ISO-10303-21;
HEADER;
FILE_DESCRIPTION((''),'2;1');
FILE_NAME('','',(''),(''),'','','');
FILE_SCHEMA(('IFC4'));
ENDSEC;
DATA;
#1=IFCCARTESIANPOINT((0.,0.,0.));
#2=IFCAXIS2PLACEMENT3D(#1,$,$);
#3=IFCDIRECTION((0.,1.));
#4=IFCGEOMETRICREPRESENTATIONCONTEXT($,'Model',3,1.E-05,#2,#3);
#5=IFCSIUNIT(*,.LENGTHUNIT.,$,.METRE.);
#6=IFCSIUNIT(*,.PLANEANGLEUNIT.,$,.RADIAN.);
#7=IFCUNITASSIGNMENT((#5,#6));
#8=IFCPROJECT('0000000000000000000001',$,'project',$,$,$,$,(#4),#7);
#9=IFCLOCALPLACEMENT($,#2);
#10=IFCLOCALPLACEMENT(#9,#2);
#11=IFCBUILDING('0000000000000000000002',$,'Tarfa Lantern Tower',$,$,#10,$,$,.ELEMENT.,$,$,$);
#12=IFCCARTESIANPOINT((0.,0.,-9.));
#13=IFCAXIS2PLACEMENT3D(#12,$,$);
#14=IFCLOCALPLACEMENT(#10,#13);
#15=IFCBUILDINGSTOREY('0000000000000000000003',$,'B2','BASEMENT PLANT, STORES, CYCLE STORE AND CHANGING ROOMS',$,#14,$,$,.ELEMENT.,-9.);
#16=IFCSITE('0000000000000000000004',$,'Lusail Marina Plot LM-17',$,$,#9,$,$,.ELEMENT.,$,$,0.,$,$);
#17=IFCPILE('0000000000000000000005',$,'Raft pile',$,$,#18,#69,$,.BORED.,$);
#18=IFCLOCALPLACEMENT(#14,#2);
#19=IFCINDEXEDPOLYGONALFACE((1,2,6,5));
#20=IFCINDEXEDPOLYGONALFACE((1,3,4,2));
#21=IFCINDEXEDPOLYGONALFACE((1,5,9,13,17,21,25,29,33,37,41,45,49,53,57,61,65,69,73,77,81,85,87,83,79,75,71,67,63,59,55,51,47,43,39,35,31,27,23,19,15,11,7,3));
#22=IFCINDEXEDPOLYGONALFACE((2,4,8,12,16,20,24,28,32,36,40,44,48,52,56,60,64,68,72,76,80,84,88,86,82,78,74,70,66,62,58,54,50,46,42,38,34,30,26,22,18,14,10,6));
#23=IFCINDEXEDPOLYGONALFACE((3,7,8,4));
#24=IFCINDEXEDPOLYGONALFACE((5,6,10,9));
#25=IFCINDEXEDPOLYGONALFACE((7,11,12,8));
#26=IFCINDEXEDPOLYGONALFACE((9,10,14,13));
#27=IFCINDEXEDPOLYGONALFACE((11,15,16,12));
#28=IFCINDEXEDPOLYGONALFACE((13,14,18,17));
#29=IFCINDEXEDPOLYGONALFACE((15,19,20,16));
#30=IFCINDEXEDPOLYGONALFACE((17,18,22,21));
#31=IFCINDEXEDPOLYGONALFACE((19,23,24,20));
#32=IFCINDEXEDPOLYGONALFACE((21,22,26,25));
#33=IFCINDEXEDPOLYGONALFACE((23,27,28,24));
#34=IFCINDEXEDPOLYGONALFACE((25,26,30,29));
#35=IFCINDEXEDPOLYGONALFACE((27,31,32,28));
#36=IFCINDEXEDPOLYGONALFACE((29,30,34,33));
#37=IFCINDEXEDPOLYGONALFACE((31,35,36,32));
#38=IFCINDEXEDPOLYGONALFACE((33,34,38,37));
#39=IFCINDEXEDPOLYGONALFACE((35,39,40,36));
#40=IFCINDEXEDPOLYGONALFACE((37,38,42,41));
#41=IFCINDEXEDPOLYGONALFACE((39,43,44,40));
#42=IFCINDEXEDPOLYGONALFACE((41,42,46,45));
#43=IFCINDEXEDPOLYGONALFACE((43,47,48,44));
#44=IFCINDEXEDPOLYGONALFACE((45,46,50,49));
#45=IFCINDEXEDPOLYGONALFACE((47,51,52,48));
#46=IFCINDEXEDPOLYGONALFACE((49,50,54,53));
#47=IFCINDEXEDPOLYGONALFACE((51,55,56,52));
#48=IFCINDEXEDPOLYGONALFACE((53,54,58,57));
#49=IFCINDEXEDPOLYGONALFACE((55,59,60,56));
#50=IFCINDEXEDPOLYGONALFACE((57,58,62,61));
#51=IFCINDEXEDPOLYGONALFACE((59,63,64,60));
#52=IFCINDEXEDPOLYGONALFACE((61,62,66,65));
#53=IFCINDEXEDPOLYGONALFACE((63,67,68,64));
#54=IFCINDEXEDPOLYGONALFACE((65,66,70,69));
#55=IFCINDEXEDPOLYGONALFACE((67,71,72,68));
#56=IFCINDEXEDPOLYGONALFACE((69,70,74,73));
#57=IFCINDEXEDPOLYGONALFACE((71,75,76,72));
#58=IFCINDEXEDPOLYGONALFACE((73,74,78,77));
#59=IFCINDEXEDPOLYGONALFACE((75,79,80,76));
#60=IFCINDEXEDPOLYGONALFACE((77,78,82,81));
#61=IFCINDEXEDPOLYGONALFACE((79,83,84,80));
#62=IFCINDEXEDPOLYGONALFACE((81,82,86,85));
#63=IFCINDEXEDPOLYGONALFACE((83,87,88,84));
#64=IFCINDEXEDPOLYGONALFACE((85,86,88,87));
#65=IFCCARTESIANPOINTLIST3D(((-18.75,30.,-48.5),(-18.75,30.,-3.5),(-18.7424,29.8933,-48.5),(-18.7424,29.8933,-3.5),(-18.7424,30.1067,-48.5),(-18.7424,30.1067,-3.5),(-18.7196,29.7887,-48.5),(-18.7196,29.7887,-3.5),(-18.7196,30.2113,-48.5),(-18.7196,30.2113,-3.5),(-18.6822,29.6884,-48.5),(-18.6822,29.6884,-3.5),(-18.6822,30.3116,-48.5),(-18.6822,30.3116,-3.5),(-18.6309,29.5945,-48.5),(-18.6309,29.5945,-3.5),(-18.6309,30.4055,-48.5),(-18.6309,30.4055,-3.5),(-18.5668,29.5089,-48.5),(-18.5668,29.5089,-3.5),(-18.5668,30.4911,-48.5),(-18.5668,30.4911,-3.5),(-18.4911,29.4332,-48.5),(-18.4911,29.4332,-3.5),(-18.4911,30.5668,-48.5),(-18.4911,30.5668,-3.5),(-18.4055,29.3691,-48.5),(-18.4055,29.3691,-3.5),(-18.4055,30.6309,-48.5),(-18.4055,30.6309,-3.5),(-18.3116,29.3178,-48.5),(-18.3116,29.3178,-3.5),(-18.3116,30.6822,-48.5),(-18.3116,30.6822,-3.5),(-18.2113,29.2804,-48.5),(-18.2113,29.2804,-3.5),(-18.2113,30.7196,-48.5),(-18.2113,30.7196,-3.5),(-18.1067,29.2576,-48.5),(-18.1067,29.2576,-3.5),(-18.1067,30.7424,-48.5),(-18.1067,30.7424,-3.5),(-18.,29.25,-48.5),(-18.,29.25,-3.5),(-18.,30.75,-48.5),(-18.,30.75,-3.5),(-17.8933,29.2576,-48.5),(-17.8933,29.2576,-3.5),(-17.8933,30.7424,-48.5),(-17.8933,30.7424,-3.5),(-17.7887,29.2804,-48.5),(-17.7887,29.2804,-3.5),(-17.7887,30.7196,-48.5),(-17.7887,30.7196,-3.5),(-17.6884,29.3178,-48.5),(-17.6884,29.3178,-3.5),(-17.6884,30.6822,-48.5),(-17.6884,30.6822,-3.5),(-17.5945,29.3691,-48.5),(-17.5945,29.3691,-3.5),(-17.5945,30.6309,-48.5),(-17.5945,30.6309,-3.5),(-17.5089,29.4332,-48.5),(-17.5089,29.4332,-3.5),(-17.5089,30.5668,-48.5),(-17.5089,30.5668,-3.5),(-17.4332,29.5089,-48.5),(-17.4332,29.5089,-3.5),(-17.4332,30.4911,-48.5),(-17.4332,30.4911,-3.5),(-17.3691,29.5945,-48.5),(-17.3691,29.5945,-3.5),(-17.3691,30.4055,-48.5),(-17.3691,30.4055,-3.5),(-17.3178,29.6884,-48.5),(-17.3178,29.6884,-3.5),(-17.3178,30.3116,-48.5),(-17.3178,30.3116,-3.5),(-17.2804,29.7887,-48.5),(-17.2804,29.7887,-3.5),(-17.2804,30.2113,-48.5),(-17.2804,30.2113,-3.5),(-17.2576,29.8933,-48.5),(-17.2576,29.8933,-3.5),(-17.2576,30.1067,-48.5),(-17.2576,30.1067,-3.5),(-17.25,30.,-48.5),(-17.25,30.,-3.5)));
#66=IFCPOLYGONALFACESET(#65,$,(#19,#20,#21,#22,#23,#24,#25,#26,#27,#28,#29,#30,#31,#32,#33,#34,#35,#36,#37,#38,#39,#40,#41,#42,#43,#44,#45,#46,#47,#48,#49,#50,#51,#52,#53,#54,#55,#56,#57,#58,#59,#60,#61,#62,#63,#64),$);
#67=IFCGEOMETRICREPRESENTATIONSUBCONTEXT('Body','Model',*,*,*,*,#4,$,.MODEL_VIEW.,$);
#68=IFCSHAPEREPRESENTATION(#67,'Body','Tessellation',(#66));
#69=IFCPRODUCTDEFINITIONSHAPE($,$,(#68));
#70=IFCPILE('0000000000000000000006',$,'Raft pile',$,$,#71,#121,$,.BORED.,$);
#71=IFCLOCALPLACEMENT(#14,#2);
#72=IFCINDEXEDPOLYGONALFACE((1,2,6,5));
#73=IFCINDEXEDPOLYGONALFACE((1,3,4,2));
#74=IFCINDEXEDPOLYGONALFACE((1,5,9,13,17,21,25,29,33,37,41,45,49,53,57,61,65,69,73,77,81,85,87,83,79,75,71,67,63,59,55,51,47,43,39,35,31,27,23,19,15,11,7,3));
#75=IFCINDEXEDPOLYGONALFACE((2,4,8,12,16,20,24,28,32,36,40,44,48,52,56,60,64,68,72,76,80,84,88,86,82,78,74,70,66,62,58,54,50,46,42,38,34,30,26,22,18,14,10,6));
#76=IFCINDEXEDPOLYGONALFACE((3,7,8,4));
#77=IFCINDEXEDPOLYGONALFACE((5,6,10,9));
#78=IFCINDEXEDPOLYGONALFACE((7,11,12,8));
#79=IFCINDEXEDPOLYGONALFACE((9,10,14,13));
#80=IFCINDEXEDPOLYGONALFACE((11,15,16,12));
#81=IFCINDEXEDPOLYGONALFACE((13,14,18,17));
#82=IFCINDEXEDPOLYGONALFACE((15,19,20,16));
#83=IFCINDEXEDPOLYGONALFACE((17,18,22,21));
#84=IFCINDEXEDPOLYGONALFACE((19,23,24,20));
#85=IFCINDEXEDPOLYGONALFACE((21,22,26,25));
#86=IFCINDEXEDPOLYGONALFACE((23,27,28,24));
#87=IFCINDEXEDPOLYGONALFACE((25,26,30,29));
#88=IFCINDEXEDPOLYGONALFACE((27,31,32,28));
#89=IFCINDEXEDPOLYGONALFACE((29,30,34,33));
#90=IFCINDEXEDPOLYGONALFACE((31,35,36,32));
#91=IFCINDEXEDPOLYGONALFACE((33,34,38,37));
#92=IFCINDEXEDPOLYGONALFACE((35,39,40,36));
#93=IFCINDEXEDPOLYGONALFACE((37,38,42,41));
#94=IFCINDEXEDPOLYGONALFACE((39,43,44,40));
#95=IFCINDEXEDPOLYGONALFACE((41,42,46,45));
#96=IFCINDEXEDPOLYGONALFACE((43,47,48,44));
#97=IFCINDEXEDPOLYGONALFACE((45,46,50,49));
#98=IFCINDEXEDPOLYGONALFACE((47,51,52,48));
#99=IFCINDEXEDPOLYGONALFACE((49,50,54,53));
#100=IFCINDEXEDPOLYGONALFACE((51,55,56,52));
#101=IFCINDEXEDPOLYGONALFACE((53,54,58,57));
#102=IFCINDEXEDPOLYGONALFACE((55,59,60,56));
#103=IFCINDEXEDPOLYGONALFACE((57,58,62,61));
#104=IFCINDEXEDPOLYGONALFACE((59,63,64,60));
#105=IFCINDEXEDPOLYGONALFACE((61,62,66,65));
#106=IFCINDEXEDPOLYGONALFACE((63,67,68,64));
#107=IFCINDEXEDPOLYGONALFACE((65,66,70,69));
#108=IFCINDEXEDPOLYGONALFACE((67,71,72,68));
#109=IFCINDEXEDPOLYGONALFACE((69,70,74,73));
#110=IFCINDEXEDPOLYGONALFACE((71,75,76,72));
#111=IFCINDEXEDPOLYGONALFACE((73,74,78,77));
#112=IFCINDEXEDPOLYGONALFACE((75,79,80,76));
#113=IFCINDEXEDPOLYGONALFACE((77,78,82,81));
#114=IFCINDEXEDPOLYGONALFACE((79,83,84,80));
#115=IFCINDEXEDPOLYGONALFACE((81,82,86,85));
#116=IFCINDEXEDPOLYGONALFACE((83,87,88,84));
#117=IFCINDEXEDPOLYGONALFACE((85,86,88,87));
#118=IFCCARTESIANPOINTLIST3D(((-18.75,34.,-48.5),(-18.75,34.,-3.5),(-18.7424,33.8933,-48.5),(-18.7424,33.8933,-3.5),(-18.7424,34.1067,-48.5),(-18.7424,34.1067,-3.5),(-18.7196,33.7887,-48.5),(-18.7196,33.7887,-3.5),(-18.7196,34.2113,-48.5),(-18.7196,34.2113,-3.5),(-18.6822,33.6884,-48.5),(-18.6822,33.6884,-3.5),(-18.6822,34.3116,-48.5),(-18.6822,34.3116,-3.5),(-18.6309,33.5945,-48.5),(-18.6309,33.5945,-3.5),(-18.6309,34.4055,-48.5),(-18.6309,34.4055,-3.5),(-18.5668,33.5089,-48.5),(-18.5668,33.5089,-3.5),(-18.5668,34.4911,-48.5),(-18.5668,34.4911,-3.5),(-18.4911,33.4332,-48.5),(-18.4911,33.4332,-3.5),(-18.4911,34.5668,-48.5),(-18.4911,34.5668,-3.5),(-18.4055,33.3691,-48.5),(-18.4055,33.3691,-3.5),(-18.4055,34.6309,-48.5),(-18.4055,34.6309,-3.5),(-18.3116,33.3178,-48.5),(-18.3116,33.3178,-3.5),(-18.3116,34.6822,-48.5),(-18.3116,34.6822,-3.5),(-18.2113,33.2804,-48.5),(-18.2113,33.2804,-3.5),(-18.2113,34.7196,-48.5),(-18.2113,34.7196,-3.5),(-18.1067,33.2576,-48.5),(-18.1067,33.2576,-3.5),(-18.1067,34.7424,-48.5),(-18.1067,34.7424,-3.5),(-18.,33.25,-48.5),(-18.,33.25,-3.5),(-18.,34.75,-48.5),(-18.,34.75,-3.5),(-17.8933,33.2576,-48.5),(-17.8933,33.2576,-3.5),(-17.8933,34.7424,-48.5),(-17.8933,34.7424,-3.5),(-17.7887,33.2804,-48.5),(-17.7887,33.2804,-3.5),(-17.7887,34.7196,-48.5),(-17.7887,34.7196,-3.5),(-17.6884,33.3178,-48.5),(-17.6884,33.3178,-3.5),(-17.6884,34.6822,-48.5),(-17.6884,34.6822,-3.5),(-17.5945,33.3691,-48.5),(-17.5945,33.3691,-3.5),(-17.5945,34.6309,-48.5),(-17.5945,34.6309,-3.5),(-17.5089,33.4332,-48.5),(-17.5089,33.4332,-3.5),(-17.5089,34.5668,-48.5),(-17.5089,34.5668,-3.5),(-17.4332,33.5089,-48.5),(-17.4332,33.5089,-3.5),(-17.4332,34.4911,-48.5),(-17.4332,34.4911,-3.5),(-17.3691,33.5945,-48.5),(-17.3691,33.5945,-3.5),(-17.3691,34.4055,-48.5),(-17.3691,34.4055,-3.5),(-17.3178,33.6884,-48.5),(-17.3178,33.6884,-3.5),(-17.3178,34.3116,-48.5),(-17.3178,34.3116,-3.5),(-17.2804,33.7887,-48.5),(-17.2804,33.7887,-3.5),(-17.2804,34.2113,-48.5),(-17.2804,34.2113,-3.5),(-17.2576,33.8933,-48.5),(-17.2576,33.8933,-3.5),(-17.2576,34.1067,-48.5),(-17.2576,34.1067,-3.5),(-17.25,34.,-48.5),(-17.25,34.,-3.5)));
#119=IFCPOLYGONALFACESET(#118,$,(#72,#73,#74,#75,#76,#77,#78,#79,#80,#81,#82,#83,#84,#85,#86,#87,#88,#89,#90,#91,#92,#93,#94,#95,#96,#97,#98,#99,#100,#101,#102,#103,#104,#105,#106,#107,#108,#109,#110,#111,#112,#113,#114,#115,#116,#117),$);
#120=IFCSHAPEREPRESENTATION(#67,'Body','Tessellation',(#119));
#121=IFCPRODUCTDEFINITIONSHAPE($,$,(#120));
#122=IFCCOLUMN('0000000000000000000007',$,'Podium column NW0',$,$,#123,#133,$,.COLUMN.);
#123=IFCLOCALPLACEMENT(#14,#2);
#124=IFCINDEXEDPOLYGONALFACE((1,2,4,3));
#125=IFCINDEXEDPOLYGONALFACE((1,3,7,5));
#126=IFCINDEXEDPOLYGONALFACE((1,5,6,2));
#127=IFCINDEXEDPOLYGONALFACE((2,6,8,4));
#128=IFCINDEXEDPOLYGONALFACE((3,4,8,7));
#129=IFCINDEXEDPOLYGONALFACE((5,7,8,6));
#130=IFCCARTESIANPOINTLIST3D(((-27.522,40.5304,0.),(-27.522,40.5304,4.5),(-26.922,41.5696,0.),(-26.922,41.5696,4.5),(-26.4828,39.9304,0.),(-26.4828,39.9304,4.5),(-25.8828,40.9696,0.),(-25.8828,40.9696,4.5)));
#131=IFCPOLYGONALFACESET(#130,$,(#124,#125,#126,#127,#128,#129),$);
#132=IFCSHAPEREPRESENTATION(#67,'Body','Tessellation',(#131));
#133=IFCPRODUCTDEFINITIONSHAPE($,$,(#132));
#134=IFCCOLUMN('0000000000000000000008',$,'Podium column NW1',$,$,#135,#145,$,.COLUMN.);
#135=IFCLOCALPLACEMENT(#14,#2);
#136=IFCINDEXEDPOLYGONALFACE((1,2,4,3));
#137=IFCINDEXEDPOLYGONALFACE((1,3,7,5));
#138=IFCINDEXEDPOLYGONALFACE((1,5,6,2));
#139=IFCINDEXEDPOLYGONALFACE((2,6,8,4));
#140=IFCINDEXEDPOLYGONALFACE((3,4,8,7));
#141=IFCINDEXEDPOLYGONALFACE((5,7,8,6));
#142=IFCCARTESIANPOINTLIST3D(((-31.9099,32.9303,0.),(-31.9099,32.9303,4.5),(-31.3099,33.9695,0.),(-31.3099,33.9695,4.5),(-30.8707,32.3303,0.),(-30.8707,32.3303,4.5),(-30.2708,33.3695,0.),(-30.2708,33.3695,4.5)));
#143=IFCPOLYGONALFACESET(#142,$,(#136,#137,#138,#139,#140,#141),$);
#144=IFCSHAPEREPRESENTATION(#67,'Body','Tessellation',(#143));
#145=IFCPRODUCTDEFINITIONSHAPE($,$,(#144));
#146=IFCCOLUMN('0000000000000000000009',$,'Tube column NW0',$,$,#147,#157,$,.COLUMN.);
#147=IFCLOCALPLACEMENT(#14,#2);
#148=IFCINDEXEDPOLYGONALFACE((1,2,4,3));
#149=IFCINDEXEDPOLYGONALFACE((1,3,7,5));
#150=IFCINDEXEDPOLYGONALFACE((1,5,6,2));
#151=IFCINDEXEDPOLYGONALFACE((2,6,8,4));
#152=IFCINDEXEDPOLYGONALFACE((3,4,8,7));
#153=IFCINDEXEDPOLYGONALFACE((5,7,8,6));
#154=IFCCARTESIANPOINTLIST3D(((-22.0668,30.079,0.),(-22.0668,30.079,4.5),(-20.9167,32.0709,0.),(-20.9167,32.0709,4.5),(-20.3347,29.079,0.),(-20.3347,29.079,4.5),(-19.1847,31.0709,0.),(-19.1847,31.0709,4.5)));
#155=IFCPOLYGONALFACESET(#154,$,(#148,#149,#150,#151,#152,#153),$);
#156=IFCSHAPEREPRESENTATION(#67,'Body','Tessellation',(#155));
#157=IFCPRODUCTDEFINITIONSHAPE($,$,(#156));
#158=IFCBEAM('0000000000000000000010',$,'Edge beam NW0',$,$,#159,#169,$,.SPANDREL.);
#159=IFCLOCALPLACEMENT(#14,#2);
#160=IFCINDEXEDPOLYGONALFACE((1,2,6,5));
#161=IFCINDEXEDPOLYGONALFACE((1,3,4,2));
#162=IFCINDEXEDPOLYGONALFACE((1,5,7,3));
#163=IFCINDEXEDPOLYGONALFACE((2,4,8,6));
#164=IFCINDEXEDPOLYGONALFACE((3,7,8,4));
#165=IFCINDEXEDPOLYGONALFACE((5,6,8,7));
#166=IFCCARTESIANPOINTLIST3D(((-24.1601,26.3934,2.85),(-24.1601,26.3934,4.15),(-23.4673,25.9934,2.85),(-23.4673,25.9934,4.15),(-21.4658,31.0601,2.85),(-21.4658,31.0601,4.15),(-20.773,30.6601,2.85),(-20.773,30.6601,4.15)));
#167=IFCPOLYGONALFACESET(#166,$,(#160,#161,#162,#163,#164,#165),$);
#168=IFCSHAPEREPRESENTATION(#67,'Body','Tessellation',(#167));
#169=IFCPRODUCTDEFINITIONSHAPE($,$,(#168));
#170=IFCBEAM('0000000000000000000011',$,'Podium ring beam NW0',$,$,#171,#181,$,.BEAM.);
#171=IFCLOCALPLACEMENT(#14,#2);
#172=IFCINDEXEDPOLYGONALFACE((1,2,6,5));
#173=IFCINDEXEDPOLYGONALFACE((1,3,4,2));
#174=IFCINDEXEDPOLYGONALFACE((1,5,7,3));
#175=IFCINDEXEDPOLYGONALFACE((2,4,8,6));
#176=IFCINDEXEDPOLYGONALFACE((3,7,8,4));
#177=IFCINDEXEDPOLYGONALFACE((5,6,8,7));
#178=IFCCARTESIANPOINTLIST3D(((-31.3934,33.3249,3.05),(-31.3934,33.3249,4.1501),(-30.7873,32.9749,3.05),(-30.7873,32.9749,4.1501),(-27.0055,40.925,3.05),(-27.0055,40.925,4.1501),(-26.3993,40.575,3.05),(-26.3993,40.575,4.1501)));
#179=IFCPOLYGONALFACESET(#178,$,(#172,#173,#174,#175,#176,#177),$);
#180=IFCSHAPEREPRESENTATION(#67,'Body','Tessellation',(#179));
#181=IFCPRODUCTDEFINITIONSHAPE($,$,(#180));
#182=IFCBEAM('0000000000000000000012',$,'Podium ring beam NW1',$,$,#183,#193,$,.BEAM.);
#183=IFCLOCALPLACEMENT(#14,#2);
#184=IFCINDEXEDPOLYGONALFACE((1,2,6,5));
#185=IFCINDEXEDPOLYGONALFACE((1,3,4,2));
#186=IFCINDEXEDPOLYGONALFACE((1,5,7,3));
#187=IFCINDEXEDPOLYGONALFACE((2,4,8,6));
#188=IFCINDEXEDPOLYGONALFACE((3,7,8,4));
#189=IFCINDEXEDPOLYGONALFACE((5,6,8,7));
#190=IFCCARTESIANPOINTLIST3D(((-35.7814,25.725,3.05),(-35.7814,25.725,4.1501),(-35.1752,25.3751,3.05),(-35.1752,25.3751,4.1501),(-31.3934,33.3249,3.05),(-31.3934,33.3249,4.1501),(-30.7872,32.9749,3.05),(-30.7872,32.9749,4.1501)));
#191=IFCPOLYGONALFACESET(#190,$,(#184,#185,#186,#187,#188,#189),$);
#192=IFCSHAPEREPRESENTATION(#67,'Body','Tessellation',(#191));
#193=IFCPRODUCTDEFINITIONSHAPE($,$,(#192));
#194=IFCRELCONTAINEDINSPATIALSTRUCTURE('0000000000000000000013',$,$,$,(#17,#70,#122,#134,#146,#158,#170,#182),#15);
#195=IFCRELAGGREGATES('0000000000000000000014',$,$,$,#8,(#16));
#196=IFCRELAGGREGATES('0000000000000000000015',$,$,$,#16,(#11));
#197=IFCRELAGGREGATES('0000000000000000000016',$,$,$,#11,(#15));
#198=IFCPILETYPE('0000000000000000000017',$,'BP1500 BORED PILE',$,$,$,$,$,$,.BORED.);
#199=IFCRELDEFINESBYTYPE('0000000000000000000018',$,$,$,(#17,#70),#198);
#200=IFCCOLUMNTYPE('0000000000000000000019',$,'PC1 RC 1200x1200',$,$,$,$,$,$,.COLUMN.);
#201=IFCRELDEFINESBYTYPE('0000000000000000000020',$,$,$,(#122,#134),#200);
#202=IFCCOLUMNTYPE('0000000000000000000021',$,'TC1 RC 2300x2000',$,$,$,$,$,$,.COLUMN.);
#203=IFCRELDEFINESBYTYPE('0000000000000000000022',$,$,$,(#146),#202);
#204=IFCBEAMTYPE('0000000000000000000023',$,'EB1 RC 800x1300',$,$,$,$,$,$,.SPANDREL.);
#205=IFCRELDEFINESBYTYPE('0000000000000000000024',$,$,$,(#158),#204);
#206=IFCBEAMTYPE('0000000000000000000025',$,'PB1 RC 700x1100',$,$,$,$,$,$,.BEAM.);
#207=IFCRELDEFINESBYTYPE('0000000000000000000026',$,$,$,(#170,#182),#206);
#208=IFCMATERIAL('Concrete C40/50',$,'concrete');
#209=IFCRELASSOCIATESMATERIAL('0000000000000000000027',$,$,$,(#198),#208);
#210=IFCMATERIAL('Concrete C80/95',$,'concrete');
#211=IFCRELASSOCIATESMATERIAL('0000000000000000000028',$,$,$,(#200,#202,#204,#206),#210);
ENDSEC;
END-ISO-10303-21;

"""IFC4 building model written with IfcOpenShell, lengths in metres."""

from ifc_helpers import new_model, si_unit, direction, frame, origin, origin_2d, place, context, subcontext, project, spatial, rectangle, circle, extrude, material, material_profile, profile_set, type_object, element, save


model = new_model("IFC4")

# Units and contexts
model_context = context("Model", 3, precision=1e-05, world=origin(), true_north=direction((0.0, 1.0)))
body_context = subcontext(model_context, "Body", "Model", "MODEL_VIEW")
ifc_project = project(units=[si_unit("LENGTHUNIT", "METRE"), si_unit("PLANEANGLEUNIT", "RADIAN")], contexts=[model_context])

# Site, building, storey
site_placement = place(None, origin())
site = spatial("IfcSite", under=ifc_project, at=site_placement, Name="Lusail Marina Plot LM-17", CompositionType="ELEMENT", RefElevation=0.0)
building_placement = place(site_placement, origin())
building = spatial("IfcBuilding", under=site, at=building_placement, Name="Tarfa Lantern Tower", CompositionType="ELEMENT")
storey_placement = place(building_placement, frame((0.0, 0.0, -9.0)))
storey = spatial("IfcBuildingStorey", under=building, at=storey_placement, Name="B2", Description="BASEMENT PLANT, STORES, CYCLE STORE AND CHANGING ROOMS", CompositionType="ELEMENT", Elevation=-9.0)

# Piles
ifc_material_1 = material(Name="Concrete C40/50", Category="concrete")
ifc_material_profile_1 = material_profile(ifc_material_1, circle(Radius=0.75, at=origin_2d()), Name="BORED PILE D1500")
ifc_profile_set_1 = profile_set([ifc_material_profile_1], Name="Concrete C40/50")
pile_type_1 = type_object("IfcPileType", Name="BP1500 BORED PILE", PredefinedType="BORED", material=ifc_profile_set_1)
for number, where, z_axis, x_axis, name in (
    (1, (-18.0, 30.0, -3.5), (0.0, 0.0, -1.0), (1.0, 0.0, 0.0), "Raft pile"),
    (2, (-18.0, 34.0, -3.5), (0.0, 0.0, -1.0), (1.0, 0.0, 0.0), "Raft pile"),
):
    element("IfcPile", number, at=place(storey_placement, frame(where, z_axis=z_axis, x_axis=x_axis)), inside=storey, type_object=pile_type_1, Name=name, PredefinedType="BORED", context=body_context, shape_type="SweptSolid", body=[
        extrude(circle(Radius=0.75, at=origin_2d()), origin(), (0.0, 0.0, 1.0), 45.0),
    ])

# Columns
ifc_material_2 = material(Name="Concrete C80/95", Category="concrete")
ifc_material_profile_2 = material_profile(ifc_material_2, rectangle(XDim=1.2, YDim=1.2, at=origin_2d()), Name="RC 1200x1200")
ifc_profile_set_2 = profile_set([ifc_material_profile_2], Name="Concrete C80/95")
column_type_1 = type_object("IfcColumnType", Name="PC1 RC 1200x1200", PredefinedType="COLUMN", material=ifc_profile_set_2)
for number, where, z_axis, x_axis, name in (
    (3, (-26.7024, 40.75, 0.0), (0.0, 0.0, 1.0), (-0.5, -0.866025, 0.0), "Podium column NW0"),
    (4, (-31.0903, 33.1499, 0.0), (0.0, 0.0, 1.0), (-0.5, -0.866025, 0.0), "Podium column NW1"),
):
    element("IfcColumn", number, at=place(storey_placement, frame(where, z_axis=z_axis, x_axis=x_axis)), inside=storey, type_object=column_type_1, Name=name, PredefinedType="COLUMN", context=body_context, shape_type="SweptSolid", body=[
        extrude(rectangle(XDim=1.2, YDim=1.2, at=origin_2d()), origin(), (0.0, 0.0, 1.0), 4.5),
    ])
ifc_material_profile_3 = material_profile(ifc_material_2, rectangle(XDim=2.3, YDim=2.0, at=origin_2d()), Name="RC 2300x2000")
ifc_profile_set_3 = profile_set([ifc_material_profile_3], Name="Concrete C80/95")
column_type_2 = type_object("IfcColumnType", Name="TC1 RC 2300x2000", PredefinedType="COLUMN", material=ifc_profile_set_3)
column_placement = place(storey_placement, frame((-20.6257, 30.575, 0.0), z_axis=(0.0, 0.0, 1.0), x_axis=(-0.5, -0.866025, 0.0)))
element("IfcColumn", 5, at=column_placement, inside=storey, type_object=column_type_2, Name="Tube column NW0", PredefinedType="COLUMN", context=body_context, shape_type="SweptSolid", body=[
    extrude(rectangle(XDim=2.3, YDim=2.0, at=origin_2d()), origin(), (0.0, 0.0, 1.0), 4.5),
])

# Beams
ifc_material_profile_4 = material_profile(ifc_material_2, rectangle(XDim=0.8, YDim=1.3, at=origin_2d()), Name="RC 800x1300")
ifc_profile_set_4 = profile_set([ifc_material_profile_4], Name="Concrete C80/95")
beam_type_1 = type_object("IfcBeamType", Name="EB1 RC 800x1300", PredefinedType="SPANDREL", material=ifc_profile_set_4)
beam_1_placement = place(storey_placement, frame((-21.1194, 30.8601, 3.5), z_axis=(-0.499998, -0.866026, 0.0), x_axis=(0.866026, -0.499998, 0.0)))
element("IfcBeam", 6, at=beam_1_placement, inside=storey, type_object=beam_type_1, Name="Edge beam NW0", PredefinedType="SPANDREL", context=body_context, shape_type="SweptSolid", body=[
    extrude(rectangle(XDim=0.8, YDim=1.3, at=origin_2d()), origin(), (0.0, 0.0, 1.0), 5.3887),
])
ifc_material_profile_5 = material_profile(ifc_material_2, rectangle(XDim=0.7, YDim=1.1001, at=origin_2d()), Name="RC 700x1100")
ifc_profile_set_5 = profile_set([ifc_material_profile_5], Name="Concrete C80/95")
beam_type_2 = type_object("IfcBeamType", Name="PB1 RC 700x1100", PredefinedType="BEAM", material=ifc_profile_set_5)
beam_2_placement = place(storey_placement, frame((-26.7024, 40.75, 3.6001), z_axis=(-0.500002, -0.866024, 0.0), x_axis=(0.866024, -0.500002, 0.0)))
element("IfcBeam", 7, at=beam_2_placement, inside=storey, type_object=beam_type_2, Name="Podium ring beam NW0", PredefinedType="BEAM", context=body_context, shape_type="SweptSolid", body=[
    extrude(rectangle(XDim=0.7, YDim=1.1001, at=origin_2d()), origin(), (0.0, 0.0, 1.0), 8.7759),
])
beam_3_placement = place(storey_placement, frame((-31.0903, 33.1499, 3.6001), z_axis=(-0.500014, -0.866017, 0.0), x_axis=(0.866017, -0.500014, 0.0)))
element("IfcBeam", 8, at=beam_3_placement, inside=storey, type_object=beam_type_2, Name="Podium ring beam NW1", PredefinedType="BEAM", context=body_context, shape_type="SweptSolid", body=[
    extrude(rectangle(XDim=0.7, YDim=1.1001, at=origin_2d()), origin(), (0.0, 0.0, 1.0), 8.7756),
])

save(model, "model.ifc")
